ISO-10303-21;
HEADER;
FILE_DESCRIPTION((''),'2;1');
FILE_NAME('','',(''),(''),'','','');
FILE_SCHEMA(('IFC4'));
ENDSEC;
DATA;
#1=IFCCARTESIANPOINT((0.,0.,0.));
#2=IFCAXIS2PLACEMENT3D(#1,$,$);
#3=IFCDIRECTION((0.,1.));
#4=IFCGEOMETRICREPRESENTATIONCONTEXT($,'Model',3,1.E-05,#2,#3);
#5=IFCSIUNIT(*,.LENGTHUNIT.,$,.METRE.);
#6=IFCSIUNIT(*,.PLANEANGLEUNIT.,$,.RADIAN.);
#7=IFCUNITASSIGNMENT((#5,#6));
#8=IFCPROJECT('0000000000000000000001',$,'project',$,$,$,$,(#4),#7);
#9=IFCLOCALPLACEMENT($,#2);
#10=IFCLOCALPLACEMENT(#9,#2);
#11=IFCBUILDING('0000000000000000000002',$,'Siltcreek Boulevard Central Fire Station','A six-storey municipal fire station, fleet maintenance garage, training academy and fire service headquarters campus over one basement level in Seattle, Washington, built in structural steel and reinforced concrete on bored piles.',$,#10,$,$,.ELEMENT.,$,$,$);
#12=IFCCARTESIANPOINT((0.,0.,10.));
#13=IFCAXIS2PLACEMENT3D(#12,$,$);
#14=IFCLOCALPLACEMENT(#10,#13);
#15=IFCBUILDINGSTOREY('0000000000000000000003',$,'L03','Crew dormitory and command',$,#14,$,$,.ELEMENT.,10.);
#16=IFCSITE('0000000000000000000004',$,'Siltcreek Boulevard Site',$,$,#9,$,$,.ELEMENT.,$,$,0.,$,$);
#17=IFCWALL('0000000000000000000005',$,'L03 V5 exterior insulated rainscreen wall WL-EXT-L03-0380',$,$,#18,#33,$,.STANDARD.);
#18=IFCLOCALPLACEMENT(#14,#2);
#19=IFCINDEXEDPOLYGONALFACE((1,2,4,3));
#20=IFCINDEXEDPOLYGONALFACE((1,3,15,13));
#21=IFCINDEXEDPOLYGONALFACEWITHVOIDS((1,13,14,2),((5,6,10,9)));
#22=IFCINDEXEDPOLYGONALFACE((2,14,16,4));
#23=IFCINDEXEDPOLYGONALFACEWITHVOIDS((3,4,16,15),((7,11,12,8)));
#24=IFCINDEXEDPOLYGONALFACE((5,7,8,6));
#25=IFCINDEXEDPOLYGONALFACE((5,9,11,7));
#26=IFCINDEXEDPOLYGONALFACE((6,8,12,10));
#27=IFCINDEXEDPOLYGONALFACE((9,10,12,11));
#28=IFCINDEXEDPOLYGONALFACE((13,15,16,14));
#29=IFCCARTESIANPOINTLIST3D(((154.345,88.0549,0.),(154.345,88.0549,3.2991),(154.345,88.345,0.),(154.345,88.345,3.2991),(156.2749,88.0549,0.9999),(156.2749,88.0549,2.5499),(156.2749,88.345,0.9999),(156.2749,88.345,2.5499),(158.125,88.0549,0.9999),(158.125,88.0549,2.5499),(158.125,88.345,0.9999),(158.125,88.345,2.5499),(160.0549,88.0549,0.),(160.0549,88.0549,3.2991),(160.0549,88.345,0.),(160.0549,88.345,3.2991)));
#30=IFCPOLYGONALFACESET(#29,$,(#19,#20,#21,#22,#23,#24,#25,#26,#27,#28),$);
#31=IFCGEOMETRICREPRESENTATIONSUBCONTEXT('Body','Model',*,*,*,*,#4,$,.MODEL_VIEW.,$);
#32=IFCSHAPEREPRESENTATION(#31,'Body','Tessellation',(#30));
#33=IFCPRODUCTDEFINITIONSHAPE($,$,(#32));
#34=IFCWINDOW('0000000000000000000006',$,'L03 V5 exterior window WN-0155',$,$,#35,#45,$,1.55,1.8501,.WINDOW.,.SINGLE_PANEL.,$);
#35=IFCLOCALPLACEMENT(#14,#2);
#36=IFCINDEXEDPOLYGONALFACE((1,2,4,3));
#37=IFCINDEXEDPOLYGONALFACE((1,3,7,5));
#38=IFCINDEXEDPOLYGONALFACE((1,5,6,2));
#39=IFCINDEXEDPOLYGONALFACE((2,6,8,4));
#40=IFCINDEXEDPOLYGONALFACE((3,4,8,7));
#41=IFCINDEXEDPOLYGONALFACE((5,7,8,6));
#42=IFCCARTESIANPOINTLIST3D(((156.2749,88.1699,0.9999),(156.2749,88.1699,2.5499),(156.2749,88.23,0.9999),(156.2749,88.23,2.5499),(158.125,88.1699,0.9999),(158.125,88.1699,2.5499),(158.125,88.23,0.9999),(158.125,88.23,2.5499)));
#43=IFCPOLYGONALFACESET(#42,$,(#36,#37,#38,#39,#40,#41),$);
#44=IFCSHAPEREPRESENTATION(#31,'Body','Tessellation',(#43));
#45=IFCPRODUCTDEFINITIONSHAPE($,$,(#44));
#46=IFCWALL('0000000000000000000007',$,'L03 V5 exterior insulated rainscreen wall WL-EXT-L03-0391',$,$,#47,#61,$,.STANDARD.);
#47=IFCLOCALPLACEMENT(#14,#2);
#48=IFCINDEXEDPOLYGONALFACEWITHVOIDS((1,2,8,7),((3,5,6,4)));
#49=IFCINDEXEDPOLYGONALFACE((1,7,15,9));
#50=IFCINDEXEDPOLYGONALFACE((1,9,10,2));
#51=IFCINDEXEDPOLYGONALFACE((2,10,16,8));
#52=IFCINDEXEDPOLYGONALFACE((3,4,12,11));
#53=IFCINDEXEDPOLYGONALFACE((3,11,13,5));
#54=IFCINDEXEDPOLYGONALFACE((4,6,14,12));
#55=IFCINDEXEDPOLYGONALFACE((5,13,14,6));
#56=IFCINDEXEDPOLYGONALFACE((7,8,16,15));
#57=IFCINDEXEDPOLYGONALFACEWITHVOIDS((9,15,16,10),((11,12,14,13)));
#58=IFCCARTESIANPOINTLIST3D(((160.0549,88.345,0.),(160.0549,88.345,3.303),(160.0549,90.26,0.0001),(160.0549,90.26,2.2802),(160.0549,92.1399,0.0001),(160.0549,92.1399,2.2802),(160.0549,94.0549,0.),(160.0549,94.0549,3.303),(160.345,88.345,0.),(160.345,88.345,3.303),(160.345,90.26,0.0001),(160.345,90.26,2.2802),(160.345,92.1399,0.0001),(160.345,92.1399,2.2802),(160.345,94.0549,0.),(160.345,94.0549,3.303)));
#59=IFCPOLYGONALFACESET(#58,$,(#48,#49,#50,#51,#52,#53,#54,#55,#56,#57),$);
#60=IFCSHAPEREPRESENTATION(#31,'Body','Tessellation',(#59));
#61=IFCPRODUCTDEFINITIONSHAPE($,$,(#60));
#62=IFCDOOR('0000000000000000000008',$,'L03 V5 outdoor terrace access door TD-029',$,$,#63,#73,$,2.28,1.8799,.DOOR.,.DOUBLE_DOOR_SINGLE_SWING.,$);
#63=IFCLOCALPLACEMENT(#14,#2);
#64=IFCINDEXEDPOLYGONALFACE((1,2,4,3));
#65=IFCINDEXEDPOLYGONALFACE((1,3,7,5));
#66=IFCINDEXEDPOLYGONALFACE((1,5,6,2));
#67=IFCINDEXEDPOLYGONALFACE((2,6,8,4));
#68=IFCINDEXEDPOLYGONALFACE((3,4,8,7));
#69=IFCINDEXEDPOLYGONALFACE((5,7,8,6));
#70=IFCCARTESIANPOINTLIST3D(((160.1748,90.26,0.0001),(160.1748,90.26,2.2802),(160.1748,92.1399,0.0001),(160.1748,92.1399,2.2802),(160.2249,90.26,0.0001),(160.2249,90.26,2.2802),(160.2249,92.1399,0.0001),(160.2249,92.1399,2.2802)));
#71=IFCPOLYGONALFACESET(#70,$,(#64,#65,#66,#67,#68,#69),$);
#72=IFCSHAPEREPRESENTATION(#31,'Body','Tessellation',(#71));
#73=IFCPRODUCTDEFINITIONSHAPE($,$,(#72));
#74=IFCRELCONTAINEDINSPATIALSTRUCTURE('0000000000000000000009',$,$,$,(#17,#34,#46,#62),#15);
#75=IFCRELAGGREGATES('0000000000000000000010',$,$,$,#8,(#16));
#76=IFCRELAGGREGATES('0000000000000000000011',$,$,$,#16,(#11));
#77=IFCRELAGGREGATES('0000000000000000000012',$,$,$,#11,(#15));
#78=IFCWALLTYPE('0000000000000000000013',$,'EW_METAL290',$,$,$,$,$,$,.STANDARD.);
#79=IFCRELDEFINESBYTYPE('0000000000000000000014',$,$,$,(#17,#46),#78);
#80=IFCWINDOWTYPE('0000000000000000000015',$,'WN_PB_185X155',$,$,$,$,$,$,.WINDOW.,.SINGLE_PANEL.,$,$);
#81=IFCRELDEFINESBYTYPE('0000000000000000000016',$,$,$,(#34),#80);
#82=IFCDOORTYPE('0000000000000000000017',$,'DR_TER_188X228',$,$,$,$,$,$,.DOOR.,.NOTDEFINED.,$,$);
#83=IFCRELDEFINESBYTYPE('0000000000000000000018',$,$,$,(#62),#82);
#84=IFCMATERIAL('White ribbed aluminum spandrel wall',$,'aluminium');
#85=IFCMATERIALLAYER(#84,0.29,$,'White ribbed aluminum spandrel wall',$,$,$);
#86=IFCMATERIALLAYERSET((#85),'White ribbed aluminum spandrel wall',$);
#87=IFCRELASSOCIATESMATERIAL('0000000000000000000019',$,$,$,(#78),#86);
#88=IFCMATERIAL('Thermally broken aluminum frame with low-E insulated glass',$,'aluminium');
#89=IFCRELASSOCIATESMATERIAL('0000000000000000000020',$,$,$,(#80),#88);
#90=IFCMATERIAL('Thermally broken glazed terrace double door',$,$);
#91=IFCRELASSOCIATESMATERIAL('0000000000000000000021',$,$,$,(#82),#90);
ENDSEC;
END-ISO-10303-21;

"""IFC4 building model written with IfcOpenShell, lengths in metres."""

from ifc_helpers import new_model, si_unit, direction, frame, frame_2d, origin, place, context, subcontext, project, spatial, rectangle, extrude, material, layer, layer_set, type_object, element, fill, save


model = new_model("IFC4")

# Units and contexts
model_context = context("Model", 3, precision=1e-05, world=origin(), true_north=direction((0.0, 1.0)))
body_context = subcontext(model_context, "Body", "Model", "MODEL_VIEW")
ifc_project = project(units=[si_unit("LENGTHUNIT", "METRE"), si_unit("PLANEANGLEUNIT", "RADIAN")], contexts=[model_context])

# Site, building, storey
site_placement = place(None, origin())
site = spatial("IfcSite", under=ifc_project, at=site_placement, Name="Siltcreek Boulevard Site", CompositionType="ELEMENT", RefElevation=0.0)
building_placement = place(site_placement, origin())
building = spatial("IfcBuilding", under=site, at=building_placement, Name="Siltcreek Boulevard Central Fire Station", Description="A six-storey municipal fire station, fleet maintenance garage, training academy and fire service headquarters campus over one basement level in Seattle, Washington, built in structural steel and reinforced concrete on bored piles.", CompositionType="ELEMENT")
storey_placement = place(building_placement, frame((0.0, 0.0, 10.0)))
storey = spatial("IfcBuildingStorey", under=building, at=storey_placement, Name="L03", Description="Crew dormitory and command", CompositionType="ELEMENT", Elevation=10.0)

# Wall, opening, window
ifc_material_1 = material(Name="White ribbed aluminum spandrel wall", Category="aluminium")
ifc_layer_1 = layer(ifc_material_1, 0.29, Name="White ribbed aluminum spandrel wall")
ifc_layer_set_1 = layer_set([ifc_layer_1], Name="White ribbed aluminum spandrel wall")
wall_type = type_object("IfcWallType", Name="EW_METAL290", PredefinedType="STANDARD", material=ifc_layer_set_1)
wall_1_placement = place(storey_placement, frame((154.345, 88.2, 0.0), z_axis=(0.0, 0.0, 1.0), x_axis=(1.0, 0.0, 0.0)))
wall_1 = element("IfcWall", 1, at=wall_1_placement, inside=storey, type_object=wall_type, Name="L03 V5 exterior insulated rainscreen wall WL-EXT-L03-0380", PredefinedType="STANDARD", context=body_context, shape_type="SweptSolid", body=[
    extrude(rectangle(XDim=5.71, YDim=0.29, at=frame_2d((2.855, 0.0))), origin(), (0.0, 0.0, 1.0), 3.2991),
])
opening_1_placement = place(wall_1_placement, frame((1.9299, 0.0, 1.0)))
opening_1 = element("IfcOpeningElement", 2, at=opening_1_placement, cuts=wall_1, PredefinedType="OPENING", context=body_context, shape_type="SweptSolid", body=[
    extrude(rectangle(XDim=1.8501, YDim=1.55, at=frame_2d((0.925, 0.7749))), frame((0.0, 0.155, 0.0), z_axis=(0.0, -1.0, 0.0), x_axis=(1.0, 0.0, 0.0)), (0.0, 0.0, 1.0), 0.3101),
])
ifc_material_2 = material(Name="Thermally broken aluminum frame with low-E insulated glass", Category="aluminium")
window_type = type_object("IfcWindowType", Name="WN_PB_185X155", PartitioningType="SINGLE_PANEL", PredefinedType="WINDOW", material=ifc_material_2)
window_placement = place(opening_1_placement, origin())
window = element("IfcWindow", 3, at=window_placement, inside=storey, type_object=window_type, Name="L03 V5 exterior window WN-0155", OverallHeight=1.55, OverallWidth=1.8501, PartitioningType="SINGLE_PANEL", PredefinedType="WINDOW", context=body_context, shape_type="SweptSolid", body=[
    extrude(rectangle(XDim=1.8501, YDim=1.55, at=frame_2d((0.925, 0.7749))), frame((0.0, 0.03, 0.0), z_axis=(0.0, -1.0, 0.0), x_axis=(1.0, 0.0, 0.0)), (0.0, 0.0, 1.0), 0.0601),
])
fill(opening_1, window)

# Wall, opening, door
wall_2_placement = place(storey_placement, frame((160.2, 88.345, 0.0), z_axis=(0.0, 0.0, 1.0), x_axis=(0.0, 1.0, 0.0)))
wall_2 = element("IfcWall", 4, at=wall_2_placement, inside=storey, type_object=wall_type, Name="L03 V5 exterior insulated rainscreen wall WL-EXT-L03-0391", PredefinedType="STANDARD", context=body_context, shape_type="SweptSolid", body=[
    extrude(rectangle(XDim=5.71, YDim=0.29, at=frame_2d((2.855, 0.0))), origin(), (0.0, 0.0, 1.0), 3.303),
])
opening_2_placement = place(wall_2_placement, frame((1.915, 0.0, 0.0)))
opening_2 = element("IfcOpeningElement", 5, at=opening_2_placement, cuts=wall_2, PredefinedType="OPENING", context=body_context, shape_type="SweptSolid", body=[
    extrude(rectangle(XDim=1.8799, YDim=2.28, at=frame_2d((0.9399, 1.1401))), frame((0.0, 0.155, 0.0), z_axis=(0.0, -1.0, 0.0), x_axis=(1.0, 0.0, 0.0)), (0.0, 0.0, 1.0), 0.3101),
])
ifc_material_3 = material(Name="Thermally broken glazed terrace double door")
door_type = type_object("IfcDoorType", Name="DR_TER_188X228", OperationType="NOTDEFINED", PredefinedType="DOOR", material=ifc_material_3)
door_placement = place(opening_2_placement, frame((1.8799, 0.0, 0.0), z_axis=(0.0, 0.0, 1.0), x_axis=(-1.0, 0.0, 0.0)))
door = element("IfcDoor", 6, at=door_placement, inside=storey, type_object=door_type, Name="L03 V5 outdoor terrace access door TD-029", OperationType="DOUBLE_DOOR_SINGLE_SWING", OverallHeight=2.28, OverallWidth=1.8799, PredefinedType="DOOR", context=body_context, shape_type="SweptSolid", body=[
    extrude(rectangle(XDim=1.8799, YDim=2.28, at=frame_2d((0.9399, 1.1401))), frame((0.0, 0.0249, 0.0), z_axis=(0.0, -1.0, 0.0), x_axis=(1.0, 0.0, 0.0)), (0.0, 0.0, 1.0), 0.05),
])
fill(opening_2, door)

save(model, "model.ifc")
